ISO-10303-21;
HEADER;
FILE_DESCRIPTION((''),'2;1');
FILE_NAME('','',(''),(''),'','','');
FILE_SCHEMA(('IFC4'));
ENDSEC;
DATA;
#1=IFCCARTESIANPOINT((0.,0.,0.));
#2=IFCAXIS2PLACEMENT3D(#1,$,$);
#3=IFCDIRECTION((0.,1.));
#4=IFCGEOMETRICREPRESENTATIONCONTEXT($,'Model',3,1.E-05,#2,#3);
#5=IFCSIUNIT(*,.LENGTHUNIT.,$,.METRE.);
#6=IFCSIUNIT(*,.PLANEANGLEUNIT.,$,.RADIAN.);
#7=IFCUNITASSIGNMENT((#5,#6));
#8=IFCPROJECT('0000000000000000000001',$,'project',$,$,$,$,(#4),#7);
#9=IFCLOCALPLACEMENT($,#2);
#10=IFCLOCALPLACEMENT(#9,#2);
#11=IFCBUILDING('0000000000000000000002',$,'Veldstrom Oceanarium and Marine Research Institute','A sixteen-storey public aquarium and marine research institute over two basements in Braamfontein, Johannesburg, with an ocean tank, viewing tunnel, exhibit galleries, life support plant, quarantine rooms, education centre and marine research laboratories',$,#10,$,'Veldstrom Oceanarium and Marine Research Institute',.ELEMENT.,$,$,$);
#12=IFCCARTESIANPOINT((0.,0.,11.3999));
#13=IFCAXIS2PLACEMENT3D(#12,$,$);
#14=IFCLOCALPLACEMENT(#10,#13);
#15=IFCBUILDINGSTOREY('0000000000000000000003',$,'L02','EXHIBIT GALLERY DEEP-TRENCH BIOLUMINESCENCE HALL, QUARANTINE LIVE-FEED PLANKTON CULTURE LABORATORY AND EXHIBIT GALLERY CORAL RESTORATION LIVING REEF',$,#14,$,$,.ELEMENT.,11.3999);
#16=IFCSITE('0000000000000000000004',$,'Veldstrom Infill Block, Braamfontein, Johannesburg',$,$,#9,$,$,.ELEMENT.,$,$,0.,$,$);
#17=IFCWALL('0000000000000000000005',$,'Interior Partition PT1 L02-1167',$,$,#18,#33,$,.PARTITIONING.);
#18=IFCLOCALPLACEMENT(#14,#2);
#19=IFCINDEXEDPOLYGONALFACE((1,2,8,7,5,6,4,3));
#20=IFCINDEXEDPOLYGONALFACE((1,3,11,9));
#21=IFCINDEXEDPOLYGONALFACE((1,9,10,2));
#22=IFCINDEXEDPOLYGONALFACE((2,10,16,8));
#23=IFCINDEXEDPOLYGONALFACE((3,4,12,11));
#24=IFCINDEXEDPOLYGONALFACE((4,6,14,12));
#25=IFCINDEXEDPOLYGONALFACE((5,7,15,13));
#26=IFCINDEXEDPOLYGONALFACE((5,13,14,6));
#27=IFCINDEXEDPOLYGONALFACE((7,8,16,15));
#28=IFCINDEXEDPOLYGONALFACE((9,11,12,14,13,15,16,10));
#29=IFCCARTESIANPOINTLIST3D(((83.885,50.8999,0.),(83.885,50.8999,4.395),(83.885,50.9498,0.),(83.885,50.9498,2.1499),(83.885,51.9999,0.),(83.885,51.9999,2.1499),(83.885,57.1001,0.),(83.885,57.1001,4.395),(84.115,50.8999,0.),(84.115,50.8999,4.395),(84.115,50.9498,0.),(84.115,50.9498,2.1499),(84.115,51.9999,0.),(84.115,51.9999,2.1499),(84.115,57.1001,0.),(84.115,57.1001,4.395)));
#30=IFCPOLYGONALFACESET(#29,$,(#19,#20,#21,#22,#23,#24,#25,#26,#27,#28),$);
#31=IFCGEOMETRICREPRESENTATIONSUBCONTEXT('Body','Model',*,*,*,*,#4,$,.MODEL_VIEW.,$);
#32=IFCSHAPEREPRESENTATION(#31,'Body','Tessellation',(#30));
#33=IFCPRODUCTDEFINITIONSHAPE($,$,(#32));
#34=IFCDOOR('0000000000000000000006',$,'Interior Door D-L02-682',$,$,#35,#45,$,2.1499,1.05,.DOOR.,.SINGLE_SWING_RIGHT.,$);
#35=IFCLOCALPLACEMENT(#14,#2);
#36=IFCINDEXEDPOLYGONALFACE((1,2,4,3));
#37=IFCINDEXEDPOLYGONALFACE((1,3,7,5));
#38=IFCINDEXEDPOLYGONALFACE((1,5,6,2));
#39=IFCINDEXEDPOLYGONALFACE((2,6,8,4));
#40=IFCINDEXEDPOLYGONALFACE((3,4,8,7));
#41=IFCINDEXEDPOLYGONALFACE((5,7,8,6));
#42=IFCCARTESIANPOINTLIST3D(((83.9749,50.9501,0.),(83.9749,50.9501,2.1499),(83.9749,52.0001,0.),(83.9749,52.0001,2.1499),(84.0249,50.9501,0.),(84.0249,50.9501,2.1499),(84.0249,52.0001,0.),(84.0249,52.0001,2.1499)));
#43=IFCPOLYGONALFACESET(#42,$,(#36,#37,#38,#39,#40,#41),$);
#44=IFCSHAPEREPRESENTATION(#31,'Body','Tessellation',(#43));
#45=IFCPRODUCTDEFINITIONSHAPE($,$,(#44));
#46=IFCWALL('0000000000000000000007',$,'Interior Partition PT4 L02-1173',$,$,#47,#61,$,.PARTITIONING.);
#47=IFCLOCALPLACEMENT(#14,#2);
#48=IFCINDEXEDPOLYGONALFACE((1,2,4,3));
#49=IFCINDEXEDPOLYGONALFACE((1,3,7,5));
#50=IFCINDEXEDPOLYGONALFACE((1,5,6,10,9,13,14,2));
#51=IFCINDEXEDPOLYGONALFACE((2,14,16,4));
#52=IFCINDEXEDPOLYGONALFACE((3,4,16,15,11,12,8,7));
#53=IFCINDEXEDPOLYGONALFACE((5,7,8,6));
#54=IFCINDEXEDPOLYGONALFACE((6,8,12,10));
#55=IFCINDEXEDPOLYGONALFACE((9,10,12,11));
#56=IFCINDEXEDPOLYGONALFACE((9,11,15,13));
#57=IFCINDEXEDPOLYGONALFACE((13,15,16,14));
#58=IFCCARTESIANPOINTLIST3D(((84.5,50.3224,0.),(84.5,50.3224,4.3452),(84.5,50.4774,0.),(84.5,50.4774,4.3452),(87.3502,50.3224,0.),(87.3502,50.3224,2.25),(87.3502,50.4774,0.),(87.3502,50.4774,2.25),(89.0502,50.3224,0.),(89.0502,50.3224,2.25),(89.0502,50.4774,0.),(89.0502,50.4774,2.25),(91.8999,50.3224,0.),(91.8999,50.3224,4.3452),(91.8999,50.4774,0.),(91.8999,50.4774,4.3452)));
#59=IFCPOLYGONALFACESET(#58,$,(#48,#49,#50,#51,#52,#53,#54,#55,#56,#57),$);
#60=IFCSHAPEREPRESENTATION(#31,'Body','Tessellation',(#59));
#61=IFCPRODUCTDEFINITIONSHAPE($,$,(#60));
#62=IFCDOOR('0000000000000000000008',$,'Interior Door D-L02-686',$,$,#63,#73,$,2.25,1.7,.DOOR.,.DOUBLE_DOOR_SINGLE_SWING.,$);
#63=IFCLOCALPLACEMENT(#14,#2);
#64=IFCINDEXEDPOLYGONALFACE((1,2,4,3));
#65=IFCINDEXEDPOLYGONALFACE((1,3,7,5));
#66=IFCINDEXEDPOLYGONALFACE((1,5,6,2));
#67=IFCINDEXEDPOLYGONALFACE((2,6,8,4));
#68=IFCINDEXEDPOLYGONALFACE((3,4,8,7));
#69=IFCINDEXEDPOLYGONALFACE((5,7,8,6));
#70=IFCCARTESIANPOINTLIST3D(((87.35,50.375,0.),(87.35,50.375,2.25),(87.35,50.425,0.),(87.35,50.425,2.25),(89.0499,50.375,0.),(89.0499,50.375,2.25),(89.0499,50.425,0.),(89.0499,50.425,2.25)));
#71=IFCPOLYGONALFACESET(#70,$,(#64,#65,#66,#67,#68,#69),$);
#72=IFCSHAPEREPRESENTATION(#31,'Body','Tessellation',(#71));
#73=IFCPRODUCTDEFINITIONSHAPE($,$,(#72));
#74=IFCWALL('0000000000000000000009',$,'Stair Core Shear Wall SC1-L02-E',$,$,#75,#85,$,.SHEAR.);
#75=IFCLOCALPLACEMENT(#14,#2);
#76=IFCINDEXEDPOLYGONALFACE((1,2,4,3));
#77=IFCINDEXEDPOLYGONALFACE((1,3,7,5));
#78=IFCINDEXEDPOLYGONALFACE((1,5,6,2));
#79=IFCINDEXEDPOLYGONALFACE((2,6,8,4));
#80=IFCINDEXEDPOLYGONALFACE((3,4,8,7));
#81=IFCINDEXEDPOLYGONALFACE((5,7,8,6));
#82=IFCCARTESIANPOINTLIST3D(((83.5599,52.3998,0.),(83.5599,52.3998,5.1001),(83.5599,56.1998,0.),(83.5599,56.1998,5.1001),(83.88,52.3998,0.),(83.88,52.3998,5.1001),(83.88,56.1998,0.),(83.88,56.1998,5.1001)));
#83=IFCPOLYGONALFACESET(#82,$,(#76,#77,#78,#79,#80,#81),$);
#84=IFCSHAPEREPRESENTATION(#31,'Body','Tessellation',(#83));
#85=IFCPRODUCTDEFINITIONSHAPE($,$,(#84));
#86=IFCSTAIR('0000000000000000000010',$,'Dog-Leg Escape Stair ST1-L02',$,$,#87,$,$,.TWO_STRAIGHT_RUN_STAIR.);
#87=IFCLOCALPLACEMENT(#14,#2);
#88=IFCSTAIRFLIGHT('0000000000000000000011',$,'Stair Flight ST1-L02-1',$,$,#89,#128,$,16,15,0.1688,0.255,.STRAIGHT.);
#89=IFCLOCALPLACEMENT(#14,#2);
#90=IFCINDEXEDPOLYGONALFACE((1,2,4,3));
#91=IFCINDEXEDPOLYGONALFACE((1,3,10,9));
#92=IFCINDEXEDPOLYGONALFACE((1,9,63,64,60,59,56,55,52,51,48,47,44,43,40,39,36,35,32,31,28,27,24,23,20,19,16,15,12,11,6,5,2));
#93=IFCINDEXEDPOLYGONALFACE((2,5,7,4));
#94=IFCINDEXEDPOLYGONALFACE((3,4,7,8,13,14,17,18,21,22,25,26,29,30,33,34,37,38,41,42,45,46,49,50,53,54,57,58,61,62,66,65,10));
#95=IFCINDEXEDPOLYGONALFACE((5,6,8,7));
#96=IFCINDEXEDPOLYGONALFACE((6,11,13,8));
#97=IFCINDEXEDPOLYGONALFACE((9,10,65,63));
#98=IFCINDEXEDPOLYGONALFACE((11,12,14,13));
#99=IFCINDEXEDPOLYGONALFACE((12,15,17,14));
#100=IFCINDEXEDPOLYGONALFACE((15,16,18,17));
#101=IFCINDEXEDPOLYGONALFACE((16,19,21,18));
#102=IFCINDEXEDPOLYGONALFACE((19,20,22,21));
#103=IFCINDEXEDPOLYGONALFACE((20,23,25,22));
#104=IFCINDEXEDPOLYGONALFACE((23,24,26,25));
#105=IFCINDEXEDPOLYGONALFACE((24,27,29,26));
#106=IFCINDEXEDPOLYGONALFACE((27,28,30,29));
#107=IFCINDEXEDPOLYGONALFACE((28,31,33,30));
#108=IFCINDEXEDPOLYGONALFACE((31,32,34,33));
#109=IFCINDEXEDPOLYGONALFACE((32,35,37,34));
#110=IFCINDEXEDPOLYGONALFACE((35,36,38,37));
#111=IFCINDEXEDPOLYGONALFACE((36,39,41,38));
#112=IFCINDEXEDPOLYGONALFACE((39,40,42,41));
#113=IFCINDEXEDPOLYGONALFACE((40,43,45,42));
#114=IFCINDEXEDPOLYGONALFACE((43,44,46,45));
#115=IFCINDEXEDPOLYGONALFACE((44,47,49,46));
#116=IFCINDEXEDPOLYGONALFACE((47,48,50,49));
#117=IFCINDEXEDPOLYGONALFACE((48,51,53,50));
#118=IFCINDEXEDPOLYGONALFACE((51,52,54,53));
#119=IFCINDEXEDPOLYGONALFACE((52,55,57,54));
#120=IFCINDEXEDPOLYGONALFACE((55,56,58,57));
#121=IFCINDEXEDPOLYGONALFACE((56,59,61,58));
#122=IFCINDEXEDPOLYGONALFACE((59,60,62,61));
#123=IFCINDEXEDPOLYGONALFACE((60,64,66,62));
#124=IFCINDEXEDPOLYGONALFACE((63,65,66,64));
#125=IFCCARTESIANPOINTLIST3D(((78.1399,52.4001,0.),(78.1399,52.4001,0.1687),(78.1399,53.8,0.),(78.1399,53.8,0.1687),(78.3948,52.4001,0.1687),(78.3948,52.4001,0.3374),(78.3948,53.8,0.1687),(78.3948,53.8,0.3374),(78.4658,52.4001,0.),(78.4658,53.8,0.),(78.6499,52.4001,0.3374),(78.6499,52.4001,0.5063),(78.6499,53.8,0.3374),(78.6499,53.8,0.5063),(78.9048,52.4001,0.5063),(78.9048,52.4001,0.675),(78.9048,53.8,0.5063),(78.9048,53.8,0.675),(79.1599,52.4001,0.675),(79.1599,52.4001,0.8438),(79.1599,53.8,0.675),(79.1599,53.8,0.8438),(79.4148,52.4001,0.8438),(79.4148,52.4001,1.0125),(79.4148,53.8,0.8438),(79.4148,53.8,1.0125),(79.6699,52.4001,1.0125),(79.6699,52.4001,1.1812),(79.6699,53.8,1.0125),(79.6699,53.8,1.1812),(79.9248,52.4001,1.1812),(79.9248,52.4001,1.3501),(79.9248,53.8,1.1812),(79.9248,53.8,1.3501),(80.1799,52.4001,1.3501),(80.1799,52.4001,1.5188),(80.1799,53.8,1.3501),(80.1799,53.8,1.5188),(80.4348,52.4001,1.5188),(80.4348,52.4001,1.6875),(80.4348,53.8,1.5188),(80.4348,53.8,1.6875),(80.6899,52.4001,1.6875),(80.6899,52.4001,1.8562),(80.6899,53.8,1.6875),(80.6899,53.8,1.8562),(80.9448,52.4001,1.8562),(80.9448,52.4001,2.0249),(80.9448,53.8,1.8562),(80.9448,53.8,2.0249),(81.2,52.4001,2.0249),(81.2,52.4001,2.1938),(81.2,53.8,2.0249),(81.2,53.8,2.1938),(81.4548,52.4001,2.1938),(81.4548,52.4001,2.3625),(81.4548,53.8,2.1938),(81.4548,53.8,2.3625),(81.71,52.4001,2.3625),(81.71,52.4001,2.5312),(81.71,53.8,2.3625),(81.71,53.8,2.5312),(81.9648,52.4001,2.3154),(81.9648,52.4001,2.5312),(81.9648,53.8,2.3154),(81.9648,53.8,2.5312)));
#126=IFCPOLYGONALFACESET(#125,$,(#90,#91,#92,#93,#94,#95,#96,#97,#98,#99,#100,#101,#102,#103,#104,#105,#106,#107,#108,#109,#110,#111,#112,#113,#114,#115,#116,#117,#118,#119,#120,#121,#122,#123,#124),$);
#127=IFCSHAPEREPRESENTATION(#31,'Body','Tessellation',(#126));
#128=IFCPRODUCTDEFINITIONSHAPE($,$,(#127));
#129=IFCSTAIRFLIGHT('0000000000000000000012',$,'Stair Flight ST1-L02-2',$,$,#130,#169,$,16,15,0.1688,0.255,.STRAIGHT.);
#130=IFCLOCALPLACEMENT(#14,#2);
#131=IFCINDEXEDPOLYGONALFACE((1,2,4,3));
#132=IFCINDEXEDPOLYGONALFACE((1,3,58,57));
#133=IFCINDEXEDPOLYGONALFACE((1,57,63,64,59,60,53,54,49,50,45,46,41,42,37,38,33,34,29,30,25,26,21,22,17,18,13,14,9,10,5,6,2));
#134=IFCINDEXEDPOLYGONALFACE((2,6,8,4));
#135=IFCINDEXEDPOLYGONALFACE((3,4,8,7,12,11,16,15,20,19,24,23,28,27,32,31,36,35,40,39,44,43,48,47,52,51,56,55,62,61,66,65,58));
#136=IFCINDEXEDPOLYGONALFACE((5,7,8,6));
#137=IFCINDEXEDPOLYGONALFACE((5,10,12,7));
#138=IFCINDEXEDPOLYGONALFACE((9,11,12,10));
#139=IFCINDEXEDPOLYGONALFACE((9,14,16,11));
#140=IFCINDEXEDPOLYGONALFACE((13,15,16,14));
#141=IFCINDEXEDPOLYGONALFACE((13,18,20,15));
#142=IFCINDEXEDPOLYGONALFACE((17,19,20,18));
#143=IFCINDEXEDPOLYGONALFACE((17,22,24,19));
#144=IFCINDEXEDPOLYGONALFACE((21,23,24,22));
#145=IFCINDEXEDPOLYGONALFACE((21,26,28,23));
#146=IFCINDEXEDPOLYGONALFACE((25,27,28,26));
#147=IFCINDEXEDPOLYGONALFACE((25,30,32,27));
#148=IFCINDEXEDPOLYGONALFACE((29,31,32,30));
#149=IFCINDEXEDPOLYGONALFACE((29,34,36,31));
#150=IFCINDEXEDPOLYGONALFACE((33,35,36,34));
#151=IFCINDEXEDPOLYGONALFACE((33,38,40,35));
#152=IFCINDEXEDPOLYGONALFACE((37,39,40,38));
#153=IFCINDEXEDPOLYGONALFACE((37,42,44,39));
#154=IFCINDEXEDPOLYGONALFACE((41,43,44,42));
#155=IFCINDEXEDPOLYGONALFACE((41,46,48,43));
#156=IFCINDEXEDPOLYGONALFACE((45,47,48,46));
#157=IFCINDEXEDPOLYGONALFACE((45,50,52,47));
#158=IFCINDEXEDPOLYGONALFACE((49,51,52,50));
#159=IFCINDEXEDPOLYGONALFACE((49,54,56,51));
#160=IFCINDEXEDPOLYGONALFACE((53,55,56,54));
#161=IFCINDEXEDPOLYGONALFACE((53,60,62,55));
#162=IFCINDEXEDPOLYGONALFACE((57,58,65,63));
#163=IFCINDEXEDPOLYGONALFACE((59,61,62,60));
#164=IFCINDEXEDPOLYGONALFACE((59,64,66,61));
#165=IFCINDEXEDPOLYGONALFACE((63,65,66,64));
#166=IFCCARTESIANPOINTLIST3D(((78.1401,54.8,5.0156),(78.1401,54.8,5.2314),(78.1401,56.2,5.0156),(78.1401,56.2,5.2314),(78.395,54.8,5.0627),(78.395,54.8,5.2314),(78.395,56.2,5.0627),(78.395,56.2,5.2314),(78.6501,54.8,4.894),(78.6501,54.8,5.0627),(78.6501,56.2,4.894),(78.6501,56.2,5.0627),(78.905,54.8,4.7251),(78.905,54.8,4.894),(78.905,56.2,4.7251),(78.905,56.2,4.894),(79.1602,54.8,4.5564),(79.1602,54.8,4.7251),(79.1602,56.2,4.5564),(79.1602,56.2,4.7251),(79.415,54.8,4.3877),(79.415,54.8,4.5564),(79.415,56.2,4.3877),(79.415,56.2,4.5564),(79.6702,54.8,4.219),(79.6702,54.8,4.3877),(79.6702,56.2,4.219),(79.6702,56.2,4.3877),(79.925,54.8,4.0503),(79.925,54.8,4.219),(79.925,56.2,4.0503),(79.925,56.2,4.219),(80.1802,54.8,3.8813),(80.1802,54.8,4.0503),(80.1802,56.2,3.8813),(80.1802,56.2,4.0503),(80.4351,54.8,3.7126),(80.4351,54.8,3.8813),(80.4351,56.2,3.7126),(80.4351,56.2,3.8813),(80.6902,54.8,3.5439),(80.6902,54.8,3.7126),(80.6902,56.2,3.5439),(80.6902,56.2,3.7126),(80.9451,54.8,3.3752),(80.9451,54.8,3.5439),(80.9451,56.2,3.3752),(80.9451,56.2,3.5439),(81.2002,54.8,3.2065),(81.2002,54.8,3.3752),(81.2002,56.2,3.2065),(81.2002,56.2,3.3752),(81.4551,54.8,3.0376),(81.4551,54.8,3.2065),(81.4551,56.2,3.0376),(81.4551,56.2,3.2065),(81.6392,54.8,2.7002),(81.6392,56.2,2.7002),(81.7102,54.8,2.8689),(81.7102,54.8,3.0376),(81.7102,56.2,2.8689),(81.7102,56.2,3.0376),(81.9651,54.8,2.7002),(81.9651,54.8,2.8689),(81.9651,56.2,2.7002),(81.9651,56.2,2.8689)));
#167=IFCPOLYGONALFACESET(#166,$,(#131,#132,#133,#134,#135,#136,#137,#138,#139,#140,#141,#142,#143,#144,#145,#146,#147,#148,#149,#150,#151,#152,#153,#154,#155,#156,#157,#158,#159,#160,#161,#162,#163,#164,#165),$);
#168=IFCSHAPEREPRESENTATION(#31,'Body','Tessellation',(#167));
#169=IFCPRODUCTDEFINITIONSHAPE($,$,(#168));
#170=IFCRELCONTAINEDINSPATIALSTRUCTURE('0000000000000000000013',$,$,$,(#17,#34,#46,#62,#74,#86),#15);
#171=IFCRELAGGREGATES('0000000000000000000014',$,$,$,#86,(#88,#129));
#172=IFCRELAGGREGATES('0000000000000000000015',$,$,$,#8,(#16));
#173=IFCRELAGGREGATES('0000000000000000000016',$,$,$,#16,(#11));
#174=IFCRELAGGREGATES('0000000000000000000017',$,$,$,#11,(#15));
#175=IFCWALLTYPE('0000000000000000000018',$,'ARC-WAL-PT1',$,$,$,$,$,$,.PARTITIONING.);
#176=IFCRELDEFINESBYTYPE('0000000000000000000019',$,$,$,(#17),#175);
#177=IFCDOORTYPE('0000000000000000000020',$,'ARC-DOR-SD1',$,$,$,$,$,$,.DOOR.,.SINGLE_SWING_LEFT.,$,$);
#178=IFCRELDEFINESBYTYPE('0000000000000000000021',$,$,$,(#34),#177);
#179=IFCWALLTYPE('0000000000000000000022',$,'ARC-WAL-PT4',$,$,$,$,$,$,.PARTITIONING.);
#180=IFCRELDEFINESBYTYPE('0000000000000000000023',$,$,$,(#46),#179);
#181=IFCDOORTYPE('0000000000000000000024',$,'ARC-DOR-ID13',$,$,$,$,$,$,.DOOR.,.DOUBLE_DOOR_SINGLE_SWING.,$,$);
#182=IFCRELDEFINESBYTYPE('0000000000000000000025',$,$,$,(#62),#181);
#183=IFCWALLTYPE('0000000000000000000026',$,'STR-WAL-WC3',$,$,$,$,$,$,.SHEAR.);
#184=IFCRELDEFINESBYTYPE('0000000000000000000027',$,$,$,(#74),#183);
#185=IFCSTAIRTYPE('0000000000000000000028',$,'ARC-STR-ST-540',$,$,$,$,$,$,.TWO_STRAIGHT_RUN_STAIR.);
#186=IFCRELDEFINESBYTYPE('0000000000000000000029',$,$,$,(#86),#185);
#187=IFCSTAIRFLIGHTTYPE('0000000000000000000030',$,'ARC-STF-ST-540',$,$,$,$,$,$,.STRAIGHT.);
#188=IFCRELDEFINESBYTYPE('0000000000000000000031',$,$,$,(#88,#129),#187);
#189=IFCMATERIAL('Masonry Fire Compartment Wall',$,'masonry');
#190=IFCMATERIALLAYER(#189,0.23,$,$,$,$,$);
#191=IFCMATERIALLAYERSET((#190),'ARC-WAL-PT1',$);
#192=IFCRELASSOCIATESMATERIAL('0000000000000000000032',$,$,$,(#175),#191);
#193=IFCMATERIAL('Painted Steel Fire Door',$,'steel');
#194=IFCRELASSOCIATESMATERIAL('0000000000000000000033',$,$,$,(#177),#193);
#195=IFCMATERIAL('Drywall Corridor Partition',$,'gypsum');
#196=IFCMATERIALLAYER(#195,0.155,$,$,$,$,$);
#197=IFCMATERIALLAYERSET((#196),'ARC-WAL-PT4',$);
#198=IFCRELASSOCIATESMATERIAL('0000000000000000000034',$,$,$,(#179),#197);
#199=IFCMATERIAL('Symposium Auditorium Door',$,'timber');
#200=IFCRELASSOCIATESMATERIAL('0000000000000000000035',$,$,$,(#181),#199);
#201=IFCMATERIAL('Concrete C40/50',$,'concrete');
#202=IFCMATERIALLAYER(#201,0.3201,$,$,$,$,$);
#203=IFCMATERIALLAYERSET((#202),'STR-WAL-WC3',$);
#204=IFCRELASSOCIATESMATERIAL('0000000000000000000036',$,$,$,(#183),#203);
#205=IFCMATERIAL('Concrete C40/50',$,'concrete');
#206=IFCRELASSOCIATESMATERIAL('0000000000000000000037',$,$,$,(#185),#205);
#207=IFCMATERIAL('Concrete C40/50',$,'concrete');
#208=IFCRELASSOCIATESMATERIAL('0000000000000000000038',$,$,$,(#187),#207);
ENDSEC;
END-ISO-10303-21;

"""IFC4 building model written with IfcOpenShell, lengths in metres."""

from ifc_helpers import new_model, si_unit, direction, frame, frame_2d, origin, place, context, subcontext, project, spatial, polyline, rectangle, outline, extrude, material, layer, layer_set, type_object, element, fill, aggregate, save


model = new_model("IFC4")

# Units and contexts
model_context = context("Model", 3, precision=1e-05, world=origin(), true_north=direction((0.0, 1.0)))
body_context = subcontext(model_context, "Body", "Model", "MODEL_VIEW")
ifc_project = project(units=[si_unit("LENGTHUNIT", "METRE"), si_unit("PLANEANGLEUNIT", "RADIAN")], contexts=[model_context])

# Site, building, storey
site_placement = place(None, origin())
site = spatial("IfcSite", under=ifc_project, at=site_placement, Name="Veldstrom Infill Block, Braamfontein, Johannesburg", CompositionType="ELEMENT", RefElevation=0.0)
building_placement = place(site_placement, origin())
building = spatial("IfcBuilding", under=site, at=building_placement, Name="Veldstrom Oceanarium and Marine Research Institute", Description="A sixteen-storey public aquarium and marine research institute over two basements in Braamfontein, Johannesburg, with an ocean tank, viewing tunnel, exhibit galleries, life support plant, quarantine rooms, education centre and marine research laboratories", LongName="Veldstrom Oceanarium and Marine Research Institute", CompositionType="ELEMENT")
storey_placement = place(building_placement, frame((0.0, 0.0, 11.3999)))
storey = spatial("IfcBuildingStorey", under=building, at=storey_placement, Name="L02", Description="EXHIBIT GALLERY DEEP-TRENCH BIOLUMINESCENCE HALL, QUARANTINE LIVE-FEED PLANKTON CULTURE LABORATORY AND EXHIBIT GALLERY CORAL RESTORATION LIVING REEF", CompositionType="ELEMENT", Elevation=11.3999)

# Walls, openings, doors
ifc_material_1 = material(Name="Masonry Fire Compartment Wall", Category="masonry")
ifc_layer_1 = layer(ifc_material_1, 0.23)
ifc_layer_set_1 = layer_set([ifc_layer_1], Name="ARC-WAL-PT1")
wall_type_1 = type_object("IfcWallType", Name="ARC-WAL-PT1", PredefinedType="PARTITIONING", material=ifc_layer_set_1)
wall_1_placement = place(storey_placement, frame((84.0, 50.8999, 0.0), z_axis=(0.0, 0.0, 1.0), x_axis=(0.0, 1.0, 0.0)))
wall_1 = element("IfcWall", 1, at=wall_1_placement, inside=storey, type_object=wall_type_1, Name="Interior Partition PT1 L02-1167", PredefinedType="PARTITIONING", context=body_context, shape_type="SweptSolid", body=[
    extrude(rectangle(XDim=6.2002, YDim=0.23, at=frame_2d((3.1001, 0.0))), origin(), (0.0, 0.0, 1.0), 4.395),
])
opening_1_placement = place(wall_1_placement, frame((0.05, 0.0, 0.0)))
opening_1 = element("IfcOpeningElement", 2, at=opening_1_placement, cuts=wall_1, PredefinedType="OPENING", context=body_context, shape_type="SweptSolid", body=[
    extrude(rectangle(XDim=1.05, YDim=2.1499, at=frame_2d((0.5249, 1.075))), frame((0.0, 0.125, 0.0), z_axis=(0.0, -1.0, 0.0), x_axis=(1.0, 0.0, 0.0)), (0.0, 0.0, 1.0), 0.25),
])
ifc_material_2 = material(Name="Painted Steel Fire Door", Category="steel")
door_type_1 = type_object("IfcDoorType", Name="ARC-DOR-SD1", OperationType="SINGLE_SWING_LEFT", PredefinedType="DOOR", material=ifc_material_2)
door_1_placement = place(opening_1_placement, frame((1.05, 0.0, 0.0), z_axis=(0.0, 0.0, 1.0), x_axis=(-1.0, 0.0, 0.0)))
door_1 = element("IfcDoor", 3, at=door_1_placement, inside=storey, type_object=door_type_1, Name="Interior Door D-L02-682", OperationType="SINGLE_SWING_RIGHT", OverallHeight=2.1499, OverallWidth=1.05, PredefinedType="DOOR", context=body_context, shape_type="SweptSolid", body=[
    extrude(rectangle(XDim=1.05, YDim=2.1499, at=frame_2d((0.5249, 1.075))), frame((0.0, 0.0249, 0.0), z_axis=(0.0, -1.0, 0.0), x_axis=(1.0, 0.0, 0.0)), (0.0, 0.0, 1.0), 0.05),
])
fill(opening_1, door_1)
ifc_material_3 = material(Name="Drywall Corridor Partition", Category="gypsum")
ifc_layer_2 = layer(ifc_material_3, 0.155)
ifc_layer_set_2 = layer_set([ifc_layer_2], Name="ARC-WAL-PT4")
wall_type_2 = type_object("IfcWallType", Name="ARC-WAL-PT4", PredefinedType="PARTITIONING", material=ifc_layer_set_2)
wall_2_placement = place(storey_placement, frame((84.5, 50.3999, 0.0), z_axis=(0.0, 0.0, 1.0), x_axis=(1.0, 0.0, 0.0)))
wall_2 = element("IfcWall", 4, at=wall_2_placement, inside=storey, type_object=wall_type_2, Name="Interior Partition PT4 L02-1173", PredefinedType="PARTITIONING", context=body_context, shape_type="SweptSolid", body=[
    extrude(rectangle(XDim=7.3999, YDim=0.155, at=frame_2d((3.7, 0.0))), origin(), (0.0, 0.0, 1.0), 4.3452),
])
opening_2_placement = place(wall_2_placement, frame((2.8501, 0.0, 0.0)))
opening_2 = element("IfcOpeningElement", 5, at=opening_2_placement, cuts=wall_2, PredefinedType="OPENING", context=body_context, shape_type="SweptSolid", body=[
    extrude(rectangle(XDim=1.7, YDim=2.25, at=frame_2d((0.8501, 1.125))), frame((0.0, 0.0874, 0.0), z_axis=(0.0, -1.0, 0.0), x_axis=(1.0, 0.0, 0.0)), (0.0, 0.0, 1.0), 0.175),
])
ifc_material_4 = material(Name="Symposium Auditorium Door", Category="timber")
door_type_2 = type_object("IfcDoorType", Name="ARC-DOR-ID13", OperationType="DOUBLE_DOOR_SINGLE_SWING", PredefinedType="DOOR", material=ifc_material_4)
door_2_placement = place(opening_2_placement, frame((1.7, 0.0, 0.0), z_axis=(0.0, 0.0, 1.0), x_axis=(-1.0, 0.0, 0.0)))
door_2 = element("IfcDoor", 6, at=door_2_placement, inside=storey, type_object=door_type_2, Name="Interior Door D-L02-686", OperationType="DOUBLE_DOOR_SINGLE_SWING", OverallHeight=2.25, OverallWidth=1.7, PredefinedType="DOOR", context=body_context, shape_type="SweptSolid", body=[
    extrude(rectangle(XDim=1.7, YDim=2.25, at=frame_2d((0.8501, 1.125))), frame((0.0, 0.0249, 0.0), z_axis=(0.0, -1.0, 0.0), x_axis=(1.0, 0.0, 0.0)), (0.0, 0.0, 1.0), 0.05),
])
fill(opening_2, door_2)

# Wall
ifc_material_5 = material(Name="Concrete C40/50", Category="concrete")
ifc_layer_3 = layer(ifc_material_5, 0.3201)
ifc_layer_set_3 = layer_set([ifc_layer_3], Name="STR-WAL-WC3")
wall_type_3 = type_object("IfcWallType", Name="STR-WAL-WC3", PredefinedType="SHEAR", material=ifc_layer_set_3)
wall_3_placement = place(storey_placement, frame((83.72, 52.3999, 0.0), z_axis=(0.0, 0.0, 1.0), x_axis=(0.0, 1.0, 0.0)))
element("IfcWall", 7, at=wall_3_placement, inside=storey, type_object=wall_type_3, Name="Stair Core Shear Wall SC1-L02-E", PredefinedType="SHEAR", context=body_context, shape_type="SweptSolid", body=[
    extrude(rectangle(XDim=3.8, YDim=0.3201, at=frame_2d((1.8999, 0.0))), origin(), (0.0, 0.0, 1.0), 5.1001),
])

# Stair, stair flights
ifc_material_6 = material(Name="Concrete C40/50", Category="concrete")
stair_type = type_object("IfcStairType", Name="ARC-STR-ST-540", PredefinedType="TWO_STRAIGHT_RUN_STAIR", material=ifc_material_6)
stair_placement = place(storey_placement, origin())
stair = element("IfcStair", 8, at=stair_placement, inside=storey, type_object=stair_type, Name="Dog-Leg Escape Stair ST1-L02", PredefinedType="TWO_STRAIGHT_RUN_STAIR")
ifc_material_7 = material(Name="Concrete C40/50", Category="concrete")
stair_flight_type = type_object("IfcStairFlightType", Name="ARC-STF-ST-540", PredefinedType="STRAIGHT", material=ifc_material_7)
stair_flight_1_placement = place(storey_placement, frame((78.1399, 53.1001, 0.0), z_axis=(0.0, 0.0, 1.0), x_axis=(1.0, 0.0, 0.0)))
stair_flight_1 = element("IfcStairFlight", 9, at=stair_flight_1_placement, type_object=stair_flight_type, Name="Stair Flight ST1-L02-1", NumberOfRisers=16, NumberOfTreads=15, PredefinedType="STRAIGHT", RiserHeight=0.1688, TreadLength=0.255, context=body_context, shape_type="SweptSolid", body=[
    extrude(outline(polyline([(0.0, 0.0), (0.0, 0.1687), (0.2549, 0.1687), (0.2549, 0.3374), (0.51, 0.3374), (0.51, 0.5063), (0.7649, 0.5063), (0.7649, 0.675), (1.02, 0.675), (1.02, 0.8438), (1.2749, 0.8438), (1.2749, 1.0125), (1.53, 1.0125), (1.53, 1.1812), (1.7849, 1.1812), (1.7849, 1.3501), (2.04, 1.3501), (2.04, 1.5188), (2.2949, 1.5188), (2.2949, 1.6875), (2.55, 1.6875), (2.55, 1.8562), (2.8049, 1.8562), (2.8049, 2.0249), (3.0601, 2.0249), (3.0601, 2.1938), (3.3149, 2.1938), (3.3149, 2.3625), (3.5701, 2.3625), (3.5701, 2.5312), (3.825, 2.5312), (3.825, 2.7), (3.825, 2.3154), (0.3259, 0.0), (0.0, 0.0)])), frame((0.0, 0.7, 0.0), z_axis=(0.0, -1.0, 0.0), x_axis=(1.0, 0.0, 0.0)), (0.0, 0.0, 1.0), 1.3999),
])
stair_flight_2_placement = place(storey_placement, frame((81.9651, 55.5, 2.7002), z_axis=(0.0, 0.0, 1.0), x_axis=(-1.0, 0.0, 0.0)))
stair_flight_2 = element("IfcStairFlight", 10, at=stair_flight_2_placement, type_object=stair_flight_type, Name="Stair Flight ST1-L02-2", NumberOfRisers=16, NumberOfTreads=15, PredefinedType="STRAIGHT", RiserHeight=0.1688, TreadLength=0.255, context=body_context, shape_type="SweptSolid", body=[
    extrude(outline(polyline([(0.0, 0.0), (0.0, 0.1687), (0.2549, 0.1687), (0.2549, 0.3374), (0.51, 0.3374), (0.51, 0.5063), (0.7649, 0.5063), (0.7649, 0.675), (1.02, 0.675), (1.02, 0.8438), (1.2749, 0.8438), (1.2749, 1.0125), (1.53, 1.0125), (1.53, 1.1812), (1.7849, 1.1812), (1.7849, 1.3501), (2.04, 1.3501), (2.04, 1.5188), (2.2949, 1.5188), (2.2949, 1.6875), (2.55, 1.6875), (2.55, 1.8562), (2.8049, 1.8562), (2.8049, 2.0249), (3.0601, 2.0249), (3.0601, 2.1938), (3.3149, 2.1938), (3.3149, 2.3625), (3.5701, 2.3625), (3.5701, 2.5312), (3.825, 2.5312), (3.825, 2.7), (3.825, 2.3154), (0.3259, 0.0), (0.0, 0.0)])), frame((0.0, 0.7, 0.0), z_axis=(0.0, -1.0, 0.0), x_axis=(1.0, 0.0, 0.0)), (0.0, 0.0, 1.0), 1.3999),
])
aggregate(stair, [stair_flight_1, stair_flight_2])

save(model, "model.ifc")
